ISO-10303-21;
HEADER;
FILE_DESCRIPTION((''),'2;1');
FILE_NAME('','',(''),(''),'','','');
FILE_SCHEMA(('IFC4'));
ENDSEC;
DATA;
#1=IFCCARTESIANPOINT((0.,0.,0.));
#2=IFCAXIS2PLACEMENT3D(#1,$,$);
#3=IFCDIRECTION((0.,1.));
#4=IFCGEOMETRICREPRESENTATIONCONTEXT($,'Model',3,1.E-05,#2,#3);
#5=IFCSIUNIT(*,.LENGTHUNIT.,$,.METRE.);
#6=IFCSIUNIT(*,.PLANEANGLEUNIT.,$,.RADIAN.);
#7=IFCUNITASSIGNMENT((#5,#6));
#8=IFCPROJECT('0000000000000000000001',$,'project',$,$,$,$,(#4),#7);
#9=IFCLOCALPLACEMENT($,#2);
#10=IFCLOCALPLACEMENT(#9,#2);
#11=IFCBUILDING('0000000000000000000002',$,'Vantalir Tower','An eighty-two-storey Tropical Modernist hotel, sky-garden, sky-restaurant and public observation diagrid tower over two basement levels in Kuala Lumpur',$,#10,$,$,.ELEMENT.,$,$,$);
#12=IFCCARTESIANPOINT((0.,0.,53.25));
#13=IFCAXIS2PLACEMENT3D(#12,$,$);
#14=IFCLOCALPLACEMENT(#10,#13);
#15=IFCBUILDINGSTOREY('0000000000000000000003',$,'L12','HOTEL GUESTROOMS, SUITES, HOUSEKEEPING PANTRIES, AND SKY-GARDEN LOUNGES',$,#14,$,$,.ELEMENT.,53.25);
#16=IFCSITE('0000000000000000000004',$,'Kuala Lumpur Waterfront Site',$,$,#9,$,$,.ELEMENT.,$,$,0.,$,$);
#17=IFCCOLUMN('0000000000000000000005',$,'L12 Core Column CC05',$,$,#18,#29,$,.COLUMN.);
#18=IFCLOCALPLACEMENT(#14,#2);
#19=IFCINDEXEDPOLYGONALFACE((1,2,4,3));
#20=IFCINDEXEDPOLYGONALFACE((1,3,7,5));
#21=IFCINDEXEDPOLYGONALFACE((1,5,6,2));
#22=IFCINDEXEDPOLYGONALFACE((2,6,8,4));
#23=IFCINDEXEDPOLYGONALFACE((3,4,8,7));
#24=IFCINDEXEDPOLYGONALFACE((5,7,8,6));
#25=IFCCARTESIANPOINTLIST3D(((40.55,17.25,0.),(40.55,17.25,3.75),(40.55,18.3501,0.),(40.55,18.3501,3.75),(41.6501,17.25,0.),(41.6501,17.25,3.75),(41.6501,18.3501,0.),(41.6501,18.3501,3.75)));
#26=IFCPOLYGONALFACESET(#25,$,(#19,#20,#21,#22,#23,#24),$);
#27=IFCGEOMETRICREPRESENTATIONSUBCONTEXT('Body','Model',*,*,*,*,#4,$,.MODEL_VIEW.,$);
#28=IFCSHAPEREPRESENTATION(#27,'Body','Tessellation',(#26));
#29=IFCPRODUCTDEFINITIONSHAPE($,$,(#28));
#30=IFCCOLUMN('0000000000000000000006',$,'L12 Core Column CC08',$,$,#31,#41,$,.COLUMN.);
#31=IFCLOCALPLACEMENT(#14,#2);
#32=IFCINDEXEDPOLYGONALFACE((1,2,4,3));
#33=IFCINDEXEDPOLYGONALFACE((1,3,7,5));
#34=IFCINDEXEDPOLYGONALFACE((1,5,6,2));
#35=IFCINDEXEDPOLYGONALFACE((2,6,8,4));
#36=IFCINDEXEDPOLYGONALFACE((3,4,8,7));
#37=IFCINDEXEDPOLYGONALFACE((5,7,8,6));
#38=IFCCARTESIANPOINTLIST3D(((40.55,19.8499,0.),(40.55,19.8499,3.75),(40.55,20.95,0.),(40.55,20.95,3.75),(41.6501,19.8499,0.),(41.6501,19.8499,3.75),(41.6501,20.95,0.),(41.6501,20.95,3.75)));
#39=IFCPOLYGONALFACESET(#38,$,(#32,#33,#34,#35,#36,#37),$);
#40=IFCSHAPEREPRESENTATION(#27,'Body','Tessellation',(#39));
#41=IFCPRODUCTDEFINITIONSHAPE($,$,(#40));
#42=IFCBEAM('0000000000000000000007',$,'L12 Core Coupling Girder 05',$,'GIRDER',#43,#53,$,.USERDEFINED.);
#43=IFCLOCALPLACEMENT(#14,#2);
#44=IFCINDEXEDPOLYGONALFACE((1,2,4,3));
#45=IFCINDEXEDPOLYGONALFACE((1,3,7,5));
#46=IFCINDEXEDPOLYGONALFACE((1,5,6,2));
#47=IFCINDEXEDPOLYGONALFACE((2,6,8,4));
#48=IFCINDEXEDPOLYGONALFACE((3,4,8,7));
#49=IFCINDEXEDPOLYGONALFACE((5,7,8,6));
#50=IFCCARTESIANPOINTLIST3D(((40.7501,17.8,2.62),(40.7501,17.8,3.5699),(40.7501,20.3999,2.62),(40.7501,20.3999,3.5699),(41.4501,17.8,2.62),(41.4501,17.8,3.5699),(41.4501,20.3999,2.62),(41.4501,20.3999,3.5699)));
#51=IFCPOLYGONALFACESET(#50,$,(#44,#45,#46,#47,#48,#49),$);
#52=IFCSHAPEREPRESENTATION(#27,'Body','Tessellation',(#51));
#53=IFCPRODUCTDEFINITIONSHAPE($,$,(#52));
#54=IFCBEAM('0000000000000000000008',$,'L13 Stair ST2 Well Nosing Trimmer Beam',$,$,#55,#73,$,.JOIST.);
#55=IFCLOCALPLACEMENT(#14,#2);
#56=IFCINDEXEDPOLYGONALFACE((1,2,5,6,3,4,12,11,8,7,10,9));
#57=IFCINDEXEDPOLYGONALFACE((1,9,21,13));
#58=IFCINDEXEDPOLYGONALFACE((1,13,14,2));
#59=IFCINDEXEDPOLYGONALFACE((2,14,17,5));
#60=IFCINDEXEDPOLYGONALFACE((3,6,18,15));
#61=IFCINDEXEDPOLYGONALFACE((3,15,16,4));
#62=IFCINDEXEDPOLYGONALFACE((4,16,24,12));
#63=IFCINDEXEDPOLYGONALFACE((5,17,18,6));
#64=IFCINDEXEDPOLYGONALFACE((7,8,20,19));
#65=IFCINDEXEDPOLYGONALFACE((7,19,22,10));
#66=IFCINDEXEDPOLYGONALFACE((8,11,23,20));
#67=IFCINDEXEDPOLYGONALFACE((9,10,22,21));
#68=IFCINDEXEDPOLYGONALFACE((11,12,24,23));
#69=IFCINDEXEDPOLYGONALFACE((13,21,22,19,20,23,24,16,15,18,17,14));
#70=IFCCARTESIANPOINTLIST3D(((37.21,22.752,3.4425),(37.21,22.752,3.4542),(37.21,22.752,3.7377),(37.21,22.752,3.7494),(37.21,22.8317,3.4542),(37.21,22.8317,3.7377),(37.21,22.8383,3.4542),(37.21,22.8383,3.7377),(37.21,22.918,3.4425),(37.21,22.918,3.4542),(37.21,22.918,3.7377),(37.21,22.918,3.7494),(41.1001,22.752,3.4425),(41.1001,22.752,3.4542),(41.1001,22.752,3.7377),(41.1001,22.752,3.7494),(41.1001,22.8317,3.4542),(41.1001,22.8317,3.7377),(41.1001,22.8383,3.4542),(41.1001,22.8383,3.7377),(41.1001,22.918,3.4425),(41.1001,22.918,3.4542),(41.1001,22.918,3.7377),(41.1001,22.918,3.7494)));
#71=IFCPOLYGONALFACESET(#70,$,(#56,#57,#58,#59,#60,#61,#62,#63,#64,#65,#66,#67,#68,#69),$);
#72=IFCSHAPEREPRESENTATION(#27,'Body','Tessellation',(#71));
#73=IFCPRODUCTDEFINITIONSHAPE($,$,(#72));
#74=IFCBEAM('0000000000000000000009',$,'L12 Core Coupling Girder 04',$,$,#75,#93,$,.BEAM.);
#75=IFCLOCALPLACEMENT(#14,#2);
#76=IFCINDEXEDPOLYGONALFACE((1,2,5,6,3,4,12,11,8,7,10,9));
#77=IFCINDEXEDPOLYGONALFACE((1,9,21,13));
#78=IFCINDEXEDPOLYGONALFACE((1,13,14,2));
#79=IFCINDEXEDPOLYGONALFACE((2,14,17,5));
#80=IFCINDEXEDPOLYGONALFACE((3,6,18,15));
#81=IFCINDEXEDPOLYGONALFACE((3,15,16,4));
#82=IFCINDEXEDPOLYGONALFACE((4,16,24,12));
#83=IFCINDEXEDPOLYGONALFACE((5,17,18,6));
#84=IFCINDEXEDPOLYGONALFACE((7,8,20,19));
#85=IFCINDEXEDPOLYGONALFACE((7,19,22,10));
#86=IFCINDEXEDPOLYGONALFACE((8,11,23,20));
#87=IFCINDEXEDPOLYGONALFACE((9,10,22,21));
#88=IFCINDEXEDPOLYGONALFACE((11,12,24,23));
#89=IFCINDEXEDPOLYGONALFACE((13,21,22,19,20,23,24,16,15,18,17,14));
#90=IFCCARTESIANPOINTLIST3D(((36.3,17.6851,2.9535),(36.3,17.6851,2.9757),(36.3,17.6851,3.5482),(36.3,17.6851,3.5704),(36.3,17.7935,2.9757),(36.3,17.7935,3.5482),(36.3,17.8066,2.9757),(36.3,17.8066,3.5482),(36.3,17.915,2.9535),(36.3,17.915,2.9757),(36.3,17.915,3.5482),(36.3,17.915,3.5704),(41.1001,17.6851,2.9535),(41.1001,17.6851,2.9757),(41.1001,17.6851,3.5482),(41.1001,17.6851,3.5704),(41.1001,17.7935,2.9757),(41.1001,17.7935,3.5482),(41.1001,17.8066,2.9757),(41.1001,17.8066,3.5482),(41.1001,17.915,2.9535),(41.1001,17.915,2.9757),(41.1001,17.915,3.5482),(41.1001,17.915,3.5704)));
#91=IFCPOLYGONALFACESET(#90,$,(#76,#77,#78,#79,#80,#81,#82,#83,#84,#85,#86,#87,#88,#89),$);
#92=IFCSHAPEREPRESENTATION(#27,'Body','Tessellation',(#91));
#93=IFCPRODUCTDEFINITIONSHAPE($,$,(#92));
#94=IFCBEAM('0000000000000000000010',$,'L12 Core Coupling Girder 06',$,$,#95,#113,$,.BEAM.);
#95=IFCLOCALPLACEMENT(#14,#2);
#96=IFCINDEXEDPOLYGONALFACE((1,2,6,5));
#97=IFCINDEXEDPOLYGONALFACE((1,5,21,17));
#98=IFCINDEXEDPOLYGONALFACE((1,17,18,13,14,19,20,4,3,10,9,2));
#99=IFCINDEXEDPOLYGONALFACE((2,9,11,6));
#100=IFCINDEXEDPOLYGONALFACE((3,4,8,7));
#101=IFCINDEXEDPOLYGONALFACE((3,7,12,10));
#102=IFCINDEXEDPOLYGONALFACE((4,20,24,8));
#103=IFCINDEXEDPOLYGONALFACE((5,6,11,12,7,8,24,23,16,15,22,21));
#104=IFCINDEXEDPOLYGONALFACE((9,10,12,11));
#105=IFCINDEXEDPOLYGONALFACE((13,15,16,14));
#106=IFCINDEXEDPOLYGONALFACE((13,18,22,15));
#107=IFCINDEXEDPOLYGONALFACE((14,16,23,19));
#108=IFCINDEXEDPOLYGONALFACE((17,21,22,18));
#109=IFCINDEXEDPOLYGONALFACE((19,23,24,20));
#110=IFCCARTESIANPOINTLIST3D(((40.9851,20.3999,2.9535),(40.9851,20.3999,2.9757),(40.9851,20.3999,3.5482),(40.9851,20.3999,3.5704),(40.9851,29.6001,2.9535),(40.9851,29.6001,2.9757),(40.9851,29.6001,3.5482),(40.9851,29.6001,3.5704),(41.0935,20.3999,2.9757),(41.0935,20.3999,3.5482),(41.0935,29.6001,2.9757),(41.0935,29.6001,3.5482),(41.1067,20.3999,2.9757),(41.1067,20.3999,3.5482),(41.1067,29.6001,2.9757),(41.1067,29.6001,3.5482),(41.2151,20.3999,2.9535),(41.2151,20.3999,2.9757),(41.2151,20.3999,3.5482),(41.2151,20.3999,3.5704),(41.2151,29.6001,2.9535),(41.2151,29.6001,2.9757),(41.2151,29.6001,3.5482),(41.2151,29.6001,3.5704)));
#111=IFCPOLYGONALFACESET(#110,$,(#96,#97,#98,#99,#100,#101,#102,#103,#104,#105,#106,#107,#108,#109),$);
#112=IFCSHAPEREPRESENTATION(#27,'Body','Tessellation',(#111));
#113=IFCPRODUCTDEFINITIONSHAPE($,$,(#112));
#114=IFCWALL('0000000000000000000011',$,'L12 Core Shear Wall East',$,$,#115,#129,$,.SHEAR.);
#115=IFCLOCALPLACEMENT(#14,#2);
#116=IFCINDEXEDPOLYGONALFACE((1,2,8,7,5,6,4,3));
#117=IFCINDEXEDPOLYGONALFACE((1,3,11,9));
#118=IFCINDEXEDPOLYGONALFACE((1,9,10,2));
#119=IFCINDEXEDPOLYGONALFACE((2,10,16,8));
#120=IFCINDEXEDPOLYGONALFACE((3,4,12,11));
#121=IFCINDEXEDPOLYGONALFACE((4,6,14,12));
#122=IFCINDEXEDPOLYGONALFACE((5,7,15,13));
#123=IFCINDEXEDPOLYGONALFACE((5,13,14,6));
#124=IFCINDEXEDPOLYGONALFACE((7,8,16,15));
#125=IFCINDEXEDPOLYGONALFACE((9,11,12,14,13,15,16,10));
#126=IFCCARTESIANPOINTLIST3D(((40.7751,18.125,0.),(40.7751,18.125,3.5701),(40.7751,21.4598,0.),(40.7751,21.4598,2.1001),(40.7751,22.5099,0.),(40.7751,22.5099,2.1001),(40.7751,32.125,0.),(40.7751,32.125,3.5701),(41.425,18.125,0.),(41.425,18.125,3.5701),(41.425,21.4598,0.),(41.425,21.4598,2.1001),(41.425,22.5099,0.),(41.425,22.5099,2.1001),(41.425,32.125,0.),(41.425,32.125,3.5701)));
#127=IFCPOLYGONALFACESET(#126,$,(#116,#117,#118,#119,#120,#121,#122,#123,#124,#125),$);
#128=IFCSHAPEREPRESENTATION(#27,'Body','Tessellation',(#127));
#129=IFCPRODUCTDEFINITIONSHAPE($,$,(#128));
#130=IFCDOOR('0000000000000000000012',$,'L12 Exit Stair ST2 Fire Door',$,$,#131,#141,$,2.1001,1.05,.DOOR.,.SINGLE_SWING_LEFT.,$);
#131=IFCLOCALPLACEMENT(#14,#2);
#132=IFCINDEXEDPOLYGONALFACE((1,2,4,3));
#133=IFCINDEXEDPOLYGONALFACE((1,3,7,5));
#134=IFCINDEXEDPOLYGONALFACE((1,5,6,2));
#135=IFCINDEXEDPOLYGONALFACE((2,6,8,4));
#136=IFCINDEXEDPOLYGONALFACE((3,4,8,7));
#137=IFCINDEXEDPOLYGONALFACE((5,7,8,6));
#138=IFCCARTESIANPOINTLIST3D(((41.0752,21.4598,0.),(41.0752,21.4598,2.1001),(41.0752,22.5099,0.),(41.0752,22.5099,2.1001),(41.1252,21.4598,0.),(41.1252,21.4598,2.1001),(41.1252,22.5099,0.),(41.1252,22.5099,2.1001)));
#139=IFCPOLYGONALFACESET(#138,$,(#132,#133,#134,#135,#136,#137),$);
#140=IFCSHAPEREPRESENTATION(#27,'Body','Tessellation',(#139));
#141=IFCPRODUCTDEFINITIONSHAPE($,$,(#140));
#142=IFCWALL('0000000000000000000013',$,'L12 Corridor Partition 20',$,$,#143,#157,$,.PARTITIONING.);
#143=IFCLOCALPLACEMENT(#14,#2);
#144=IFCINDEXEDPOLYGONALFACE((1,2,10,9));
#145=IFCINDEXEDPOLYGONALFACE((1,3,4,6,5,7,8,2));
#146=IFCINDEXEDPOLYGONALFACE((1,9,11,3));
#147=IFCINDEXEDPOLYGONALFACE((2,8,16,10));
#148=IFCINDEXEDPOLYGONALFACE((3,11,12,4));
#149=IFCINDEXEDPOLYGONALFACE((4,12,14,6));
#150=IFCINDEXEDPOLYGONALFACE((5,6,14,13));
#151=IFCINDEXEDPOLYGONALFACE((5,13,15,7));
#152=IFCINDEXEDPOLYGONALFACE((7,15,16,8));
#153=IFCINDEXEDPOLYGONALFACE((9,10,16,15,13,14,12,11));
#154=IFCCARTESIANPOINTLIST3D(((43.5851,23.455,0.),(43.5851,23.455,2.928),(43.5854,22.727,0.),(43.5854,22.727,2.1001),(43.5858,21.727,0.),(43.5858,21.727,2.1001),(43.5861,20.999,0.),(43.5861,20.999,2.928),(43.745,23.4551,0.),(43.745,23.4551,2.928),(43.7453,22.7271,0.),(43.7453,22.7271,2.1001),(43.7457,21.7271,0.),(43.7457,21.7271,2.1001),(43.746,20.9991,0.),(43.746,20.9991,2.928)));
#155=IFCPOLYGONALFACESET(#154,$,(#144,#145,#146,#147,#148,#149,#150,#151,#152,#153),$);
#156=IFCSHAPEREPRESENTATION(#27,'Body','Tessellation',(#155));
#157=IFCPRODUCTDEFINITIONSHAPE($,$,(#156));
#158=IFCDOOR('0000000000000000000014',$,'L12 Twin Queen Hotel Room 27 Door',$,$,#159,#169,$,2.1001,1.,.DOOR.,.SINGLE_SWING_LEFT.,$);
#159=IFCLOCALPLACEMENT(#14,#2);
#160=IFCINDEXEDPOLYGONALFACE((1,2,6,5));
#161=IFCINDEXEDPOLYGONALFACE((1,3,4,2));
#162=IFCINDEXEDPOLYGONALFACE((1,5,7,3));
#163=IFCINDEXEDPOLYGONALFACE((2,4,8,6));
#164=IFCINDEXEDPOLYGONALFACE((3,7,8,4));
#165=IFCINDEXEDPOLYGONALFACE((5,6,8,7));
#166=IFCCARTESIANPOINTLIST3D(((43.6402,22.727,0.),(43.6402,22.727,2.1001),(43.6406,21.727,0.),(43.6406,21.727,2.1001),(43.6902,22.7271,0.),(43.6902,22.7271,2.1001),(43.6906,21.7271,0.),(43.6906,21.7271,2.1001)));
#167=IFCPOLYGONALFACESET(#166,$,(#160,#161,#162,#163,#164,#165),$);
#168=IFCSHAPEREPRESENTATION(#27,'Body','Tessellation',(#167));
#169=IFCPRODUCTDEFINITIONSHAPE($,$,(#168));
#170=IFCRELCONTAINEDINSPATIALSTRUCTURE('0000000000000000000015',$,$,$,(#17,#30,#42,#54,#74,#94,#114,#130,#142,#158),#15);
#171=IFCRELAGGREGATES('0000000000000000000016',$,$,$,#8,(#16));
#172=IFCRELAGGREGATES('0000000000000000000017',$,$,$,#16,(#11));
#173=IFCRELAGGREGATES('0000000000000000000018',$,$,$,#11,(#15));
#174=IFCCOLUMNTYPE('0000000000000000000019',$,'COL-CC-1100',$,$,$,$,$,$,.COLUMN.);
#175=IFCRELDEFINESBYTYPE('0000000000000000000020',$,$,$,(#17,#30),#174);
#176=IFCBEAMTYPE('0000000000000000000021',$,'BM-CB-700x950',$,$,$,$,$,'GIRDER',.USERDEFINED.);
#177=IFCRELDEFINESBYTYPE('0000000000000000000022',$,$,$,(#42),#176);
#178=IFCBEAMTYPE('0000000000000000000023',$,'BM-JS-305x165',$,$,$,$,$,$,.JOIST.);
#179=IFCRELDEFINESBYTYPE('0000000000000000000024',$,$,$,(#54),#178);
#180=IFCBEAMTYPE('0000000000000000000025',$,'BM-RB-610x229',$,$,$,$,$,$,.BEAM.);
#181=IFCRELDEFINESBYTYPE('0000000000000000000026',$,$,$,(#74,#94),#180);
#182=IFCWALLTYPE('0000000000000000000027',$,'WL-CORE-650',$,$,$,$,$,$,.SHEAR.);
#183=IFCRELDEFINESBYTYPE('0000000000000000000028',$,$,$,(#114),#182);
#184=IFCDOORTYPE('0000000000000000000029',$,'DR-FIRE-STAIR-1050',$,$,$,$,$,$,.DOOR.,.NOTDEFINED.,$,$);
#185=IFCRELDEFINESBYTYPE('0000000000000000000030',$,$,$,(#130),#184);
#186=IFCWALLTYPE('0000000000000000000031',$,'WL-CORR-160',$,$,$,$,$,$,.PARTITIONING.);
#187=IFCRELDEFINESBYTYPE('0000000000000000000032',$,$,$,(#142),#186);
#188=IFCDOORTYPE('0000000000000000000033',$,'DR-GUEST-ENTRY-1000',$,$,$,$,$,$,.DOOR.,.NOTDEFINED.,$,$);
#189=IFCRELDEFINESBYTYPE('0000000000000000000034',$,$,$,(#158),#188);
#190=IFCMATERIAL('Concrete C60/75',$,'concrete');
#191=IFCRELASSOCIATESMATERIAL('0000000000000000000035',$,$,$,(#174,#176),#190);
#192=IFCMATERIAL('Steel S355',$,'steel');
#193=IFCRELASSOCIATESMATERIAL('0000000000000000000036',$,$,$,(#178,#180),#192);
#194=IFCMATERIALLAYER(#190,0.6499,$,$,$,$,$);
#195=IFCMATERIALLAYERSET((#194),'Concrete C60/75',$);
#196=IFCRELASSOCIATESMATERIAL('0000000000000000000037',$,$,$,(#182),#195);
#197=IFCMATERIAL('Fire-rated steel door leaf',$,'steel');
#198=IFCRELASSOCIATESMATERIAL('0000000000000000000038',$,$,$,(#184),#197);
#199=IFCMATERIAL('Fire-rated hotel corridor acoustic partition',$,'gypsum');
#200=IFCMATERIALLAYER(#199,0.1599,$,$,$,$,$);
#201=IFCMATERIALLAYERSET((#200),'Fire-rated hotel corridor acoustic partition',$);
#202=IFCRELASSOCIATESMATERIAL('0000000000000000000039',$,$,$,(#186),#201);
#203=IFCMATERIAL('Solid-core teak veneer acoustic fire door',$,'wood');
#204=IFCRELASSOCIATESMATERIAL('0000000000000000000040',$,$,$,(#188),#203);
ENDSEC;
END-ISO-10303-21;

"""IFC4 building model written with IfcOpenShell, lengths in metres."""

from ifc_helpers import new_model, si_unit, direction, frame, frame_2d, origin, origin_2d, place, context, subcontext, project, spatial, rectangle, i_section, extrude, material, layer, layer_set, material_profile, profile_set, type_object, element, fill, save


model = new_model("IFC4")

# Units and contexts
model_context = context("Model", 3, precision=1e-05, world=origin(), true_north=direction((0.0, 1.0)))
body_context = subcontext(model_context, "Body", "Model", "MODEL_VIEW")
ifc_project = project(units=[si_unit("LENGTHUNIT", "METRE"), si_unit("PLANEANGLEUNIT", "RADIAN")], contexts=[model_context])

# Site, building, storey
site_placement = place(None, origin())
site = spatial("IfcSite", under=ifc_project, at=site_placement, Name="Kuala Lumpur Waterfront Site", CompositionType="ELEMENT", RefElevation=0.0)
building_placement = place(site_placement, origin())
building = spatial("IfcBuilding", under=site, at=building_placement, Name="Vantalir Tower", Description="An eighty-two-storey Tropical Modernist hotel, sky-garden, sky-restaurant and public observation diagrid tower over two basement levels in Kuala Lumpur", CompositionType="ELEMENT")
storey_placement = place(building_placement, frame((0.0, 0.0, 53.25)))
storey = spatial("IfcBuildingStorey", under=building, at=storey_placement, Name="L12", Description="HOTEL GUESTROOMS, SUITES, HOUSEKEEPING PANTRIES, AND SKY-GARDEN LOUNGES", CompositionType="ELEMENT", Elevation=53.25)

# Columns
ifc_material_1 = material(Name="Concrete C60/75", Category="concrete")
ifc_material_profile_1 = material_profile(ifc_material_1, rectangle(XDim=1.1001, YDim=1.1001, at=origin_2d()), Name="Concrete C60/75")
ifc_profile_set_1 = profile_set([ifc_material_profile_1], Name="Concrete C60/75")
column_type = type_object("IfcColumnType", Name="COL-CC-1100", PredefinedType="COLUMN", material=ifc_profile_set_1)
for number, where, z_axis, x_axis, name in (
    (1, (41.1001, 17.8, 0.0), (0.0, 0.0, 1.0), (1.0, 0.0, 0.0), "L12 Core Column CC05"),
    (2, (41.1001, 20.3999, 0.0), (0.0, 0.0, 1.0), (1.0, 0.0, 0.0), "L12 Core Column CC08"),
):
    element("IfcColumn", number, at=place(storey_placement, frame(where, z_axis=z_axis, x_axis=x_axis)), inside=storey, type_object=column_type, Name=name, PredefinedType="COLUMN", context=body_context, shape_type="SweptSolid", body=[
        extrude(rectangle(XDim=1.1001, YDim=1.1001, at=origin_2d()), origin(), (0.0, 0.0, 1.0), 3.75),
    ])

# Beams
ifc_material_profile_2 = material_profile(ifc_material_1, rectangle(XDim=0.7, YDim=0.95, at=origin_2d()), Name="Concrete C60/75")
ifc_profile_set_2 = profile_set([ifc_material_profile_2], Name="Concrete C60/75")
beam_type_1 = type_object("IfcBeamType", Name="BM-CB-700x950", ElementType="GIRDER", PredefinedType="USERDEFINED", material=ifc_profile_set_2)
beam_1_placement = place(storey_placement, frame((41.1001, 17.8, 3.095), z_axis=(0.0, 1.0, 0.0), x_axis=(-1.0, 0.0, 0.0)))
element("IfcBeam", 3, at=beam_1_placement, inside=storey, type_object=beam_type_1, Name="L12 Core Coupling Girder 05", ObjectType="GIRDER", PredefinedType="USERDEFINED", context=body_context, shape_type="SweptSolid", body=[
    extrude(rectangle(XDim=0.7, YDim=0.95, at=origin_2d()), origin(), (0.0, 0.0, 1.0), 2.5999),
])
ifc_material_2 = material(Name="Steel S355", Category="steel")
ifc_material_profile_3 = material_profile(ifc_material_2, i_section(OverallWidth=0.166, OverallDepth=0.3069, WebThickness=0.0066, FlangeThickness=0.0117, at=origin_2d()), Name="Steel S355")
ifc_profile_set_3 = profile_set([ifc_material_profile_3], Name="Steel S355")
beam_type_2 = type_object("IfcBeamType", Name="BM-JS-305x165", PredefinedType="JOIST", material=ifc_profile_set_3)
beam_2_placement = place(storey_placement, frame((37.21, 22.835, 3.5959), z_axis=(1.0, 0.0, 0.0), x_axis=(0.0, 1.0, 0.0)))
element("IfcBeam", 4, at=beam_2_placement, inside=storey, type_object=beam_type_2, Name="L13 Stair ST2 Well Nosing Trimmer Beam", PredefinedType="JOIST", context=body_context, shape_type="SweptSolid", body=[
    extrude(i_section(OverallWidth=0.166, OverallDepth=0.3069, WebThickness=0.0066, FlangeThickness=0.0117, at=origin_2d()), origin(), (0.0, 0.0, 1.0), 3.8901),
])
ifc_material_profile_4 = material_profile(ifc_material_2, i_section(OverallWidth=0.23, OverallDepth=0.6169, WebThickness=0.0132, FlangeThickness=0.0222, at=origin_2d()), Name="Steel S355")
ifc_profile_set_4 = profile_set([ifc_material_profile_4], Name="Steel S355")
beam_type_3 = type_object("IfcBeamType", Name="BM-RB-610x229", PredefinedType="BEAM", material=ifc_profile_set_4)
beam_3_placement = place(storey_placement, frame((36.3, 17.8, 3.262), z_axis=(1.0, 0.0, 0.0), x_axis=(0.0, 1.0, 0.0)))
element("IfcBeam", 5, at=beam_3_placement, inside=storey, type_object=beam_type_3, Name="L12 Core Coupling Girder 04", PredefinedType="BEAM", context=body_context, shape_type="SweptSolid", body=[
    extrude(i_section(OverallWidth=0.23, OverallDepth=0.6169, WebThickness=0.0132, FlangeThickness=0.0222, at=origin_2d()), origin(), (0.0, 0.0, 1.0), 4.8),
])
beam_4_placement = place(storey_placement, frame((41.1001, 20.3999, 3.262), z_axis=(0.0, 1.0, 0.0), x_axis=(-1.0, 0.0, 0.0)))
element("IfcBeam", 6, at=beam_4_placement, inside=storey, type_object=beam_type_3, Name="L12 Core Coupling Girder 06", PredefinedType="BEAM", context=body_context, shape_type="SweptSolid", body=[
    extrude(i_section(OverallWidth=0.23, OverallDepth=0.6169, WebThickness=0.0132, FlangeThickness=0.0222, at=origin_2d()), origin(), (0.0, 0.0, 1.0), 9.2002),
])

# Walls, openings, doors
ifc_layer_1 = layer(ifc_material_1, 0.6499)
ifc_layer_set_1 = layer_set([ifc_layer_1], Name="Concrete C60/75")
wall_type_1 = type_object("IfcWallType", Name="WL-CORE-650", PredefinedType="SHEAR", material=ifc_layer_set_1)
wall_1_placement = place(storey_placement, frame((41.1001, 18.125, 0.0), z_axis=(0.0, 0.0, 1.0), x_axis=(0.0, 1.0, 0.0)))
wall_1 = element("IfcWall", 7, at=wall_1_placement, inside=storey, type_object=wall_type_1, Name="L12 Core Shear Wall East", PredefinedType="SHEAR", context=body_context, shape_type="SweptSolid", body=[
    extrude(rectangle(XDim=14.0, YDim=0.6499, at=frame_2d((7.0, 0.0))), origin(), (0.0, 0.0, 1.0), 3.5701),
])
opening_1_placement = place(wall_1_placement, frame((3.335, 0.0, 0.0)))
opening_1 = element("IfcOpeningElement", 8, at=opening_1_placement, cuts=wall_1, PredefinedType="OPENING", context=body_context, shape_type="SweptSolid", body=[
    extrude(rectangle(XDim=1.05, YDim=2.1001, at=frame_2d((0.5249, 1.05))), frame((0.0, 0.335, 0.0), z_axis=(0.0, -1.0, 0.0), x_axis=(1.0, 0.0, 0.0)), (0.0, 0.0, 1.0), 0.6699),
])
ifc_material_3 = material(Name="Fire-rated steel door leaf", Category="steel")
door_type_1 = type_object("IfcDoorType", Name="DR-FIRE-STAIR-1050", OperationType="NOTDEFINED", PredefinedType="DOOR", material=ifc_material_3)
door_1_placement = place(opening_1_placement, origin())
door_1 = element("IfcDoor", 9, at=door_1_placement, inside=storey, type_object=door_type_1, Name="L12 Exit Stair ST2 Fire Door", OperationType="SINGLE_SWING_LEFT", OverallHeight=2.1001, OverallWidth=1.05, PredefinedType="DOOR", context=body_context, shape_type="SweptSolid", body=[
    extrude(rectangle(XDim=1.05, YDim=2.1001, at=frame_2d((0.5249, 1.05))), frame((0.0, 0.0249, 0.0), z_axis=(0.0, -1.0, 0.0), x_axis=(1.0, 0.0, 0.0)), (0.0, 0.0, 1.0), 0.05),
])
fill(opening_1, door_1)
ifc_material_4 = material(Name="Fire-rated hotel corridor acoustic partition", Category="gypsum")
ifc_layer_2 = layer(ifc_material_4, 0.1599)
ifc_layer_set_2 = layer_set([ifc_layer_2], Name="Fire-rated hotel corridor acoustic partition")
wall_type_2 = type_object("IfcWallType", Name="WL-CORR-160", PredefinedType="PARTITIONING", material=ifc_layer_set_2)
wall_2_placement = place(storey_placement, frame((43.665, 23.4551, 0.0), z_axis=(0.0, 0.0, 1.0), x_axis=(0.000398, -1.0, 0.0)))
wall_2 = element("IfcWall", 10, at=wall_2_placement, inside=storey, type_object=wall_type_2, Name="L12 Corridor Partition 20", PredefinedType="PARTITIONING", context=body_context, shape_type="SweptSolid", body=[
    extrude(rectangle(XDim=2.4561, YDim=0.1599, at=frame_2d((1.228, 0.0))), origin(), (0.0, 0.0, 1.0), 2.928),
])
opening_2_placement = place(wall_2_placement, frame((0.728, 0.0, 0.0)))
opening_2 = element("IfcOpeningElement", 11, at=opening_2_placement, cuts=wall_2, PredefinedType="OPENING", context=body_context, shape_type="SweptSolid", body=[
    extrude(rectangle(XDim=1.0, YDim=2.1001, at=frame_2d((0.5, 1.05))), frame((0.0, 0.0898, 0.0), z_axis=(0.0, -1.0, 0.0), x_axis=(1.0, 0.0, 0.0)), (0.0, 0.0, 1.0), 0.1799),
])
ifc_material_5 = material(Name="Solid-core teak veneer acoustic fire door", Category="wood")
door_type_2 = type_object("IfcDoorType", Name="DR-GUEST-ENTRY-1000", OperationType="NOTDEFINED", PredefinedType="DOOR", material=ifc_material_5)
door_2_placement = place(opening_2_placement, origin())
door_2 = element("IfcDoor", 12, at=door_2_placement, inside=storey, type_object=door_type_2, Name="L12 Twin Queen Hotel Room 27 Door", OperationType="SINGLE_SWING_LEFT", OverallHeight=2.1001, OverallWidth=1.0, PredefinedType="DOOR", context=body_context, shape_type="SweptSolid", body=[
    extrude(rectangle(XDim=1.0, YDim=2.1001, at=frame_2d((0.5, 1.05))), frame((0.0, 0.0249, 0.0), z_axis=(0.0, -1.0, 0.0), x_axis=(1.0, 0.0, 0.0)), (0.0, 0.0, 1.0), 0.05),
])
fill(opening_2, door_2)

save(model, "model.ifc")
